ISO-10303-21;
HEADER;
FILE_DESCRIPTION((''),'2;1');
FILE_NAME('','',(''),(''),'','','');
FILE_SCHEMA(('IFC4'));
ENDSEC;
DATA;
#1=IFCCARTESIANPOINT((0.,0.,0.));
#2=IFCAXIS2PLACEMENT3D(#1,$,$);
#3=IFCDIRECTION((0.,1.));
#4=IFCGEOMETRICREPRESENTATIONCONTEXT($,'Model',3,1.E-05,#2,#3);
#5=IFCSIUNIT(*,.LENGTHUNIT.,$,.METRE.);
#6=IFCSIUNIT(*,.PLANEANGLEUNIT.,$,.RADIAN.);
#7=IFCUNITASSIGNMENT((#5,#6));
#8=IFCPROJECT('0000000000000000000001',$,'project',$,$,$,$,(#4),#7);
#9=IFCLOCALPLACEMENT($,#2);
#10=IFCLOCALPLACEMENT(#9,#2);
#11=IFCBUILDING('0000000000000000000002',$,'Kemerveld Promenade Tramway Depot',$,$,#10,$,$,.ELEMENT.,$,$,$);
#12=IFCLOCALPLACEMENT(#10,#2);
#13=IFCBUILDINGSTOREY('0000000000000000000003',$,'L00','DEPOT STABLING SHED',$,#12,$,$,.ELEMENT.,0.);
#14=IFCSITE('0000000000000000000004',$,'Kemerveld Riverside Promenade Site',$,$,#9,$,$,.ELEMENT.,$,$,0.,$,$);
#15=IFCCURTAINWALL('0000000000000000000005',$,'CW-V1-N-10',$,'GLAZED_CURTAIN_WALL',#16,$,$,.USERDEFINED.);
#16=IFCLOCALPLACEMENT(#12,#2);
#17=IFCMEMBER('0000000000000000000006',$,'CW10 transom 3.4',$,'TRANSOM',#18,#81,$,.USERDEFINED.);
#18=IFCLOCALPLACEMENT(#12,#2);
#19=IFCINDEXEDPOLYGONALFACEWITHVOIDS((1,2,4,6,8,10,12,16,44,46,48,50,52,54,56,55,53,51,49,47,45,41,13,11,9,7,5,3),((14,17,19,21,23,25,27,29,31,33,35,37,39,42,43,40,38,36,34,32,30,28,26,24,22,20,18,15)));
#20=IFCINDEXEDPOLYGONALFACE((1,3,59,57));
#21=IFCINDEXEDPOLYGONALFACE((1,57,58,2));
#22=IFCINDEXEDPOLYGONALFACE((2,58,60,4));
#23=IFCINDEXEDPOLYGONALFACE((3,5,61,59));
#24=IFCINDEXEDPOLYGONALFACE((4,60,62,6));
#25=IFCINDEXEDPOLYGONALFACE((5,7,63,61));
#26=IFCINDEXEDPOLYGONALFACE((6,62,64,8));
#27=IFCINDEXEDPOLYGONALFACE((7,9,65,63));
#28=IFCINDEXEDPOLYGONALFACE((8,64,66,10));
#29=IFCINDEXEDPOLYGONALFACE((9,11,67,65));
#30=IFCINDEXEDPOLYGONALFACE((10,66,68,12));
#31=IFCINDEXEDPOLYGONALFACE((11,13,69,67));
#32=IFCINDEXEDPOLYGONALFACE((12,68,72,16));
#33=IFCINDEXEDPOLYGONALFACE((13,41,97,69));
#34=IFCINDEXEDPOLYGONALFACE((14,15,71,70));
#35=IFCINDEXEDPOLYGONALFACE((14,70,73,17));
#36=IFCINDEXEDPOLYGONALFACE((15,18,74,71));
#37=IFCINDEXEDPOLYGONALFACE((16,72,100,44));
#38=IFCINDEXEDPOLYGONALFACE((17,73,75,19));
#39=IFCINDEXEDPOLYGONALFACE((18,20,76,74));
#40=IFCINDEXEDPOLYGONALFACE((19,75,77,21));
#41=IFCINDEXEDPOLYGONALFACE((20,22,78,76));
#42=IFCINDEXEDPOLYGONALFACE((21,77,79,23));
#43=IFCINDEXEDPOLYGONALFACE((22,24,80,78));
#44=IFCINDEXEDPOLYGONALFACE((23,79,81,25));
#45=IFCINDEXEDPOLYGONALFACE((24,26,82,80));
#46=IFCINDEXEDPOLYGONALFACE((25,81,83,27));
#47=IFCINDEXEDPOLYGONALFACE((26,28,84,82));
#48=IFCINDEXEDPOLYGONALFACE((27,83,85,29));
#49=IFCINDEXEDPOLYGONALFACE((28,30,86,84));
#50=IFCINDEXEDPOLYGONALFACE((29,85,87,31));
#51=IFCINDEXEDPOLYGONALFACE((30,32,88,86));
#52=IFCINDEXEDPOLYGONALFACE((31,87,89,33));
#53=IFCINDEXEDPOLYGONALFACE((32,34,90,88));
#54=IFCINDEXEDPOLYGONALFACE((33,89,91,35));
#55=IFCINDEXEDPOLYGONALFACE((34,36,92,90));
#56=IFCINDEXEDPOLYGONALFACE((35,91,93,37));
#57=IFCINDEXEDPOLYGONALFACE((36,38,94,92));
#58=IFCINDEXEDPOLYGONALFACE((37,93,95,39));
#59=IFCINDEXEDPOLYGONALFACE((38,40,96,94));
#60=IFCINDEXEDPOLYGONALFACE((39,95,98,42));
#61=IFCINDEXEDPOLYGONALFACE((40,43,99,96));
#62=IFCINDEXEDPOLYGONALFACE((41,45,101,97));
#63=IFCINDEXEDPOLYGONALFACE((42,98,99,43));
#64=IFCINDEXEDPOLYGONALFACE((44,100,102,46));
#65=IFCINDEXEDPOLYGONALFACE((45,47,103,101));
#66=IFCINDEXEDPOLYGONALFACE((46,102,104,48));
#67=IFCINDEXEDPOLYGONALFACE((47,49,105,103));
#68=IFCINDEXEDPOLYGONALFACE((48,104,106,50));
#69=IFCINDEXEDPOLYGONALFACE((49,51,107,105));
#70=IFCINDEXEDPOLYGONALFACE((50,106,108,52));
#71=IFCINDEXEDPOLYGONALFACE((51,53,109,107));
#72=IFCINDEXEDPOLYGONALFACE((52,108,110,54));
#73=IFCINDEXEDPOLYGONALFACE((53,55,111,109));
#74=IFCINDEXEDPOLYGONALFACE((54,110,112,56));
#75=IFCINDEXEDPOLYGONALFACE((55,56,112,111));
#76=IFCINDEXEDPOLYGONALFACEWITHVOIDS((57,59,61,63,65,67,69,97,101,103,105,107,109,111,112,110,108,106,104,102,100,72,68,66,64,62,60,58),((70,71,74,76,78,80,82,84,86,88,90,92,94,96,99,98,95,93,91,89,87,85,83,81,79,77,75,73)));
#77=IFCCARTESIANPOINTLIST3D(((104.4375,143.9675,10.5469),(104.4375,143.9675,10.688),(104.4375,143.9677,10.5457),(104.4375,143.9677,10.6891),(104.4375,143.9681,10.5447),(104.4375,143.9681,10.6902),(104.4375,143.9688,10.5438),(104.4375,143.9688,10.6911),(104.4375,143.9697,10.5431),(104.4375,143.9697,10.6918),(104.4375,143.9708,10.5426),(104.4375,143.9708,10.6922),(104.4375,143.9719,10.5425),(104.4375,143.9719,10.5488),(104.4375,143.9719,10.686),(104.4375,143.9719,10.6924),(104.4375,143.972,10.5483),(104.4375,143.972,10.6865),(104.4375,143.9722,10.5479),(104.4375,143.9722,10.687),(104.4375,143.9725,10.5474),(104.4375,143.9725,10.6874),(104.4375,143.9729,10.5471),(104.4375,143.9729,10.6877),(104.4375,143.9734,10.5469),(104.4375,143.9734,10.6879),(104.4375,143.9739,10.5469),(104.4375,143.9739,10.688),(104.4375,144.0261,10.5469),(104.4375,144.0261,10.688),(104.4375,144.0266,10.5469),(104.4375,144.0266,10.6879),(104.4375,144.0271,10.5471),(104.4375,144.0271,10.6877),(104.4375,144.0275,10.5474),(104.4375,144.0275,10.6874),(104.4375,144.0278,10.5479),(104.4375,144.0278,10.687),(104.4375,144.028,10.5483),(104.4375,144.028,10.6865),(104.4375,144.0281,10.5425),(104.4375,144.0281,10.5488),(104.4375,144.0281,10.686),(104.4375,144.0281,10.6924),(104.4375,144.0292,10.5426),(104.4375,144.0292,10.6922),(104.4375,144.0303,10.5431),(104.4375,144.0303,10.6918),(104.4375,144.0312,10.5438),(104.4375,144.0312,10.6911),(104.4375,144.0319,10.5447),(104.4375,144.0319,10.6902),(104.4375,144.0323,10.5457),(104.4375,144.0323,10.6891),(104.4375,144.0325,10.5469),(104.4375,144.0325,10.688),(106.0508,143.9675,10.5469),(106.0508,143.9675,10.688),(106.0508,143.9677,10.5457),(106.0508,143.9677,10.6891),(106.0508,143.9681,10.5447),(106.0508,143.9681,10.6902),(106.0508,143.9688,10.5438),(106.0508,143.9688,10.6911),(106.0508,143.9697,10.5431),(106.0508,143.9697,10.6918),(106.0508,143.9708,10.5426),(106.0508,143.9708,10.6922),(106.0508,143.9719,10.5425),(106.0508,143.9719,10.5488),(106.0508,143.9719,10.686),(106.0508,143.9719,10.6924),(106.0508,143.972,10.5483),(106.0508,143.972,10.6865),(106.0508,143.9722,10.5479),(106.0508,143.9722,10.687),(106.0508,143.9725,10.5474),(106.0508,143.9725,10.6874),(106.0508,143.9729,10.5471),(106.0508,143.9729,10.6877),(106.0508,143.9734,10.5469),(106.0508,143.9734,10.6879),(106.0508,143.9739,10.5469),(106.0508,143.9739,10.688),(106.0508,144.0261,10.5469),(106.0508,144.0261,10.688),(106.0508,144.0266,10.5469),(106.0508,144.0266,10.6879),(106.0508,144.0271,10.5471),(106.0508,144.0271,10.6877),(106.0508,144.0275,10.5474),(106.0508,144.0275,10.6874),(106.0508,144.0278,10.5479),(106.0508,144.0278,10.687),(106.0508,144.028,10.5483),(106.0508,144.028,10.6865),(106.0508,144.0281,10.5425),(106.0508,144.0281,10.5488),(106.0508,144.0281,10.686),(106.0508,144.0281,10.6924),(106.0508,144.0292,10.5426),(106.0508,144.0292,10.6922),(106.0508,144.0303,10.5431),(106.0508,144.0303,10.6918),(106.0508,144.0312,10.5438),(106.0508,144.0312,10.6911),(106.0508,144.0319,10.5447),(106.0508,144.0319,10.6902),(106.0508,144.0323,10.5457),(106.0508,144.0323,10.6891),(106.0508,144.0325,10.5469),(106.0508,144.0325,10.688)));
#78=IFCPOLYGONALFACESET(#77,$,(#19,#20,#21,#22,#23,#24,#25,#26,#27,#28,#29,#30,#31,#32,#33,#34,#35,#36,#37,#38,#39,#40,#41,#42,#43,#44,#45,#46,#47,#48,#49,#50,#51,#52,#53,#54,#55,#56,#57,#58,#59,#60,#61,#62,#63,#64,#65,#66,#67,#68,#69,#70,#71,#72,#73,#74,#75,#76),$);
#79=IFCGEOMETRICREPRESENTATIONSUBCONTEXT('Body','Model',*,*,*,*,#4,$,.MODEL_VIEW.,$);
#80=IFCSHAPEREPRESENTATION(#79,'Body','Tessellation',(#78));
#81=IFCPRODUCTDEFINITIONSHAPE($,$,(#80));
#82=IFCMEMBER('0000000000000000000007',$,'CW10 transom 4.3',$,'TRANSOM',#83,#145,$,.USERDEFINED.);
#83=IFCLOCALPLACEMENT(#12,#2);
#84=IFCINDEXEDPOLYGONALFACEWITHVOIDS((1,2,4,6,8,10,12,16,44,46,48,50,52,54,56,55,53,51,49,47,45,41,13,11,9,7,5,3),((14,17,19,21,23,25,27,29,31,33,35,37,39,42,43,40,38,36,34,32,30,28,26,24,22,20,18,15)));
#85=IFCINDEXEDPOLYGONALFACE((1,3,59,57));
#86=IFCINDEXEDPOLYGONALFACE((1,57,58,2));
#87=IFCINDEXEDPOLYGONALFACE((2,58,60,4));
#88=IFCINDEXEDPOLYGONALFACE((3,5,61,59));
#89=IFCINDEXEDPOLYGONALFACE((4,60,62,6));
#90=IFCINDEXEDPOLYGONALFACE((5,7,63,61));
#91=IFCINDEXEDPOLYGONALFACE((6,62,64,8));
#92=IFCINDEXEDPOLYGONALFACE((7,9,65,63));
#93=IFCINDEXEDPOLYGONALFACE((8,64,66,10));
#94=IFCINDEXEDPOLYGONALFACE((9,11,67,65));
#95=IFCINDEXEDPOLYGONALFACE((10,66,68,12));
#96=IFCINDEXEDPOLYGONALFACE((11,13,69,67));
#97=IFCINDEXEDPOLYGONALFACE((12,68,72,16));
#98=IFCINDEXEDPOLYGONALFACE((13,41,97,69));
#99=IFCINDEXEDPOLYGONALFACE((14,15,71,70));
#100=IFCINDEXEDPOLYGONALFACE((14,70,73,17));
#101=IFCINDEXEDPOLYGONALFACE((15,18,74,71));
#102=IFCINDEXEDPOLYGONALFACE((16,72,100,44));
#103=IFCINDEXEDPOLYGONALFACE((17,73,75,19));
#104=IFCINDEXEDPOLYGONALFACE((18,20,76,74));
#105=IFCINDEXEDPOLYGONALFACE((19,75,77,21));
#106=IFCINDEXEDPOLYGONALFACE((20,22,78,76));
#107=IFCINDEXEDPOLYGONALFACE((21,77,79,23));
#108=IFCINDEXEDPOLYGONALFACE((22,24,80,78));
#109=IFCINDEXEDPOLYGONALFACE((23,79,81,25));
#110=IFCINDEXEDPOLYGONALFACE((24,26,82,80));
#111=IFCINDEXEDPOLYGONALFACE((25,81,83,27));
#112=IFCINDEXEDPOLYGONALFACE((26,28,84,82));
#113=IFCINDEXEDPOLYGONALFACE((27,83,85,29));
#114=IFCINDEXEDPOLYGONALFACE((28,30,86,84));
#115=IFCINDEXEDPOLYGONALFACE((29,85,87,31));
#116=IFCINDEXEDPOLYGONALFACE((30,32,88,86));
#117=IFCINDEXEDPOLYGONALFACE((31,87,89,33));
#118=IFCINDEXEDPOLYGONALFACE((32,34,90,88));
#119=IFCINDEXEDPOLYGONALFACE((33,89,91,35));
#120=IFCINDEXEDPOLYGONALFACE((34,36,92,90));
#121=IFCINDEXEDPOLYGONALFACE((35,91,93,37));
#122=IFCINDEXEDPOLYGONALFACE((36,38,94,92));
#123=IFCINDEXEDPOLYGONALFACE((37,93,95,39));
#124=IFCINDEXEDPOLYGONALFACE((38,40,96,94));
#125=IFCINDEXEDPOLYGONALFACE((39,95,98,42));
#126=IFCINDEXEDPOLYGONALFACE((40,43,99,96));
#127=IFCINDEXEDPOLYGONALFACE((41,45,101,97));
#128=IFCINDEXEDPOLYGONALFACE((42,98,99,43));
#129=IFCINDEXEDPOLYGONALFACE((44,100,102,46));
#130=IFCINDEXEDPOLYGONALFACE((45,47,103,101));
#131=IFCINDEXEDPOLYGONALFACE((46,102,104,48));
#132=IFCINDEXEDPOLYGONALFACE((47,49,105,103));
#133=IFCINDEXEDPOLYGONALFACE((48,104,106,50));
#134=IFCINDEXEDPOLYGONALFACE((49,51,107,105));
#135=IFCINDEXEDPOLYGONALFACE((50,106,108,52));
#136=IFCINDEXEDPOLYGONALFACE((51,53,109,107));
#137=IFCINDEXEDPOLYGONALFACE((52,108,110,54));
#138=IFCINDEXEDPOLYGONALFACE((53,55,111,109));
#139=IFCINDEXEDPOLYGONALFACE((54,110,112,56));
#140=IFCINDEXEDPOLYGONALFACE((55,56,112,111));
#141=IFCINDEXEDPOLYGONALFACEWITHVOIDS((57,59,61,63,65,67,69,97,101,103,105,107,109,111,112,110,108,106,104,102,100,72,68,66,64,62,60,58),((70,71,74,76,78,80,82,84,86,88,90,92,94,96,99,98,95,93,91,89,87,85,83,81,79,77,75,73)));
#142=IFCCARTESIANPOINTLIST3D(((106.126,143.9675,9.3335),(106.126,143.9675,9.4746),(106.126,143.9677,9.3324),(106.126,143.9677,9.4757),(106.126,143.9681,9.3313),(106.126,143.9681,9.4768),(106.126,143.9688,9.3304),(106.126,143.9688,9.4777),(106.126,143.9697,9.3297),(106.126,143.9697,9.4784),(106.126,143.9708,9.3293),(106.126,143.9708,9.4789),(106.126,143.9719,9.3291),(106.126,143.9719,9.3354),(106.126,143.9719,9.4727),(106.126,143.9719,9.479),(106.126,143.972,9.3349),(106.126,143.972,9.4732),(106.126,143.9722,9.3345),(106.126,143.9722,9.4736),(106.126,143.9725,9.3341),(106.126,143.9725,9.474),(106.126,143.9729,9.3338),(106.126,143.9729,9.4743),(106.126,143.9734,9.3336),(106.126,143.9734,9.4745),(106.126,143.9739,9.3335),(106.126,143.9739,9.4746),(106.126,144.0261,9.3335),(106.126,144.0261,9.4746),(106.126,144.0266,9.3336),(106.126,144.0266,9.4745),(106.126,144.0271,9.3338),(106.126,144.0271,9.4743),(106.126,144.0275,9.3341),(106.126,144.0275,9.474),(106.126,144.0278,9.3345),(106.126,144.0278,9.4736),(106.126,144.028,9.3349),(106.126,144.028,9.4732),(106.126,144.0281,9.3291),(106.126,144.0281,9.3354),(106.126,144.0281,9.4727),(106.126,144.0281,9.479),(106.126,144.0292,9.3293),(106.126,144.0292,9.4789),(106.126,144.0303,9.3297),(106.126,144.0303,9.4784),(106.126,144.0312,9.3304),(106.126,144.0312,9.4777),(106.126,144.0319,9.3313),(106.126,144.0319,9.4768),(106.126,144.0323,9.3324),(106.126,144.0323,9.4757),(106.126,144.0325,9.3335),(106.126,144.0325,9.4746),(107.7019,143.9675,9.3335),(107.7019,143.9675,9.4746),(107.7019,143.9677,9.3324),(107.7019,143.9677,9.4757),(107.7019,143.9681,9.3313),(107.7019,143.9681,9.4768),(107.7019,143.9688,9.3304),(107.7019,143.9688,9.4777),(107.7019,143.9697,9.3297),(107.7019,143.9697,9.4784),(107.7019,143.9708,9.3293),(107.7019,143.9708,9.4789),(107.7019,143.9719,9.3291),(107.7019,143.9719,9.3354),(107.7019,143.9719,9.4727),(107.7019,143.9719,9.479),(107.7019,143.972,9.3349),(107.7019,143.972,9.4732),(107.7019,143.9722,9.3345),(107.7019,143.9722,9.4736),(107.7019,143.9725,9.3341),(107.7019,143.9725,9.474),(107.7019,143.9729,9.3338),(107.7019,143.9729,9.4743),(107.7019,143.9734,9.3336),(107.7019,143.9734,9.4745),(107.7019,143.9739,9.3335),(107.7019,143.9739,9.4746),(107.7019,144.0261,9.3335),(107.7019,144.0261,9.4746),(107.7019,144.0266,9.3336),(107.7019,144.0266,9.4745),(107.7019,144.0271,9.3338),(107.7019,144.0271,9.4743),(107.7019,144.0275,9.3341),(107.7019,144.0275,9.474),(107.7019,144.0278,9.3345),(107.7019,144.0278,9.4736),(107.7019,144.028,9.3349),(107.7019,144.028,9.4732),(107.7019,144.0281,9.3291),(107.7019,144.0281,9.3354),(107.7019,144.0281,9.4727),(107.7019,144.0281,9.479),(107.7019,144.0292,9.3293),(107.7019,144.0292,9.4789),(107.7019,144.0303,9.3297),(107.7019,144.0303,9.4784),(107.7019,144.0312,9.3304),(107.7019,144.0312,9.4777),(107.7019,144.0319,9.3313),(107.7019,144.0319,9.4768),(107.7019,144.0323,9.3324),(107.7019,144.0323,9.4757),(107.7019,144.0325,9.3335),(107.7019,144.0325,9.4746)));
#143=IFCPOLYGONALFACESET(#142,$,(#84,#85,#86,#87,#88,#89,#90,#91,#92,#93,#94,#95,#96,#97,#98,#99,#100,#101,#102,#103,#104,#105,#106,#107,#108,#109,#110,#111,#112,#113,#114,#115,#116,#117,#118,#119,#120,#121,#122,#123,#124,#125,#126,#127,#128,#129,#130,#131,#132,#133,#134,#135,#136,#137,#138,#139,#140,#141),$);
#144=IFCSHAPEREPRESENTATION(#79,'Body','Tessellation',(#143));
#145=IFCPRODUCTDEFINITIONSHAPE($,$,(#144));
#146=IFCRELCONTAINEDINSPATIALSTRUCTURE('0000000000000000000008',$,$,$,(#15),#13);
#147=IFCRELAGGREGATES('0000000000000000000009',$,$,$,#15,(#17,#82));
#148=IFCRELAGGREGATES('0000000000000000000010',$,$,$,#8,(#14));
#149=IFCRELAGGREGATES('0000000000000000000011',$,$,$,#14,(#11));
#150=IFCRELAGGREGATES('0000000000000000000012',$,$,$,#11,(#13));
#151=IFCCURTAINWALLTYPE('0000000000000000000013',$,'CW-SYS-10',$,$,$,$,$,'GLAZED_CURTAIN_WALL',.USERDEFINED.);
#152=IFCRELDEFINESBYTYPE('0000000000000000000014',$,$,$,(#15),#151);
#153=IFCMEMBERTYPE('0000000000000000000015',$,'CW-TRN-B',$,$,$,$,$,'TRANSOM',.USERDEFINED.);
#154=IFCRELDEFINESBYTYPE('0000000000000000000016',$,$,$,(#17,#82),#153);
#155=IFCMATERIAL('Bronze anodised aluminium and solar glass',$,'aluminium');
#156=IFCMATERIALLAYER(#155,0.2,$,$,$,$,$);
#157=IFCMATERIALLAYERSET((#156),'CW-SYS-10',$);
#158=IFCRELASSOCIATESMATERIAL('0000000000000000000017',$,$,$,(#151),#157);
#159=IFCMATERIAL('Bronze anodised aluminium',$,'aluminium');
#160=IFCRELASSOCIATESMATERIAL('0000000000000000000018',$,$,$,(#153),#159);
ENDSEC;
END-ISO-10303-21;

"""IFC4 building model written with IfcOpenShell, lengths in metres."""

from ifc_helpers import new_model, si_unit, direction, frame, origin, origin_2d, place, context, subcontext, project, spatial, hollow_rectangle, extrude, material, layer, layer_set, material_profile, profile_set, type_object, element, aggregate, save


model = new_model("IFC4")

# Units and contexts
model_context = context("Model", 3, precision=1e-05, world=origin(), true_north=direction((0.0, 1.0)))
body_context = subcontext(model_context, "Body", "Model", "MODEL_VIEW")
ifc_project = project(units=[si_unit("LENGTHUNIT", "METRE"), si_unit("PLANEANGLEUNIT", "RADIAN")], contexts=[model_context])

# Site, building, storey
site_placement = place(None, origin())
site = spatial("IfcSite", under=ifc_project, at=site_placement, Name="Kemerveld Riverside Promenade Site", CompositionType="ELEMENT", RefElevation=0.0)
building_placement = place(site_placement, origin())
building = spatial("IfcBuilding", under=site, at=building_placement, Name="Kemerveld Promenade Tramway Depot", CompositionType="ELEMENT")
storey_placement = place(building_placement, origin())
storey = spatial("IfcBuildingStorey", under=building, at=storey_placement, Name="L00", Description="DEPOT STABLING SHED", CompositionType="ELEMENT", Elevation=0.0)

# Curtain wall, members
ifc_material_1 = material(Name="Bronze anodised aluminium and solar glass", Category="aluminium")
ifc_material_2 = material(Name="Bronze anodised aluminium", Category="aluminium")
ifc_layer_1 = layer(ifc_material_1, 0.2)
ifc_layer_set_1 = layer_set([ifc_layer_1], Name="CW-SYS-10")
curtain_wall_type_1 = type_object("IfcCurtainWallType", Name="CW-SYS-10", ElementType="GLAZED_CURTAIN_WALL", PredefinedType="USERDEFINED", material=ifc_layer_set_1)
curtain_wall_1_placement = place(storey_placement, origin())
curtain_wall_1 = element("IfcCurtainWall", 1, at=curtain_wall_1_placement, inside=storey, type_object=curtain_wall_type_1, Name="CW-V1-N-10", ObjectType="GLAZED_CURTAIN_WALL", PredefinedType="USERDEFINED")
ifc_material_profile_1 = material_profile(ifc_material_2, hollow_rectangle(XDim=0.0649, YDim=0.1499, WallThickness=0.0044, InnerFilletRadius=0.002, OuterFilletRadius=0.0044, at=origin_2d()), Name="CW-TRN-150x65")
ifc_profile_set_1 = profile_set([ifc_material_profile_1], Name="Bronze anodised aluminium")
member_type_1 = type_object("IfcMemberType", Name="CW-TRN-B", ElementType="TRANSOM", PredefinedType="USERDEFINED", material=ifc_profile_set_1)
member_1_placement = place(storey_placement, frame((104.4375, 144.0, 10.6174), z_axis=(1.0, 0.0, 0.0), x_axis=(0.0, 1.0, 0.0)))
member_1 = element("IfcMember", 2, at=member_1_placement, type_object=member_type_1, Name="CW10 transom 3.4", ObjectType="TRANSOM", PredefinedType="USERDEFINED", context=body_context, shape_type="SweptSolid", body=[
    extrude(hollow_rectangle(XDim=0.0649, YDim=0.1499, WallThickness=0.0044, InnerFilletRadius=0.002, OuterFilletRadius=0.0044, at=origin_2d()), origin(), (0.0, 0.0, 1.0), 1.6133),
])
member_2_placement = place(storey_placement, frame((106.126, 144.0, 9.4041), z_axis=(1.0, 0.0, 0.0), x_axis=(0.0, 1.0, 0.0)))
member_2 = element("IfcMember", 3, at=member_2_placement, type_object=member_type_1, Name="CW10 transom 4.3", ObjectType="TRANSOM", PredefinedType="USERDEFINED", context=body_context, shape_type="SweptSolid", body=[
    extrude(hollow_rectangle(XDim=0.0649, YDim=0.1499, WallThickness=0.0044, InnerFilletRadius=0.002, OuterFilletRadius=0.0044, at=origin_2d()), origin(), (0.0, 0.0, 1.0), 1.5759),
])

aggregate(curtain_wall_1, [member_1, member_2])

save(model, "model.ifc")
